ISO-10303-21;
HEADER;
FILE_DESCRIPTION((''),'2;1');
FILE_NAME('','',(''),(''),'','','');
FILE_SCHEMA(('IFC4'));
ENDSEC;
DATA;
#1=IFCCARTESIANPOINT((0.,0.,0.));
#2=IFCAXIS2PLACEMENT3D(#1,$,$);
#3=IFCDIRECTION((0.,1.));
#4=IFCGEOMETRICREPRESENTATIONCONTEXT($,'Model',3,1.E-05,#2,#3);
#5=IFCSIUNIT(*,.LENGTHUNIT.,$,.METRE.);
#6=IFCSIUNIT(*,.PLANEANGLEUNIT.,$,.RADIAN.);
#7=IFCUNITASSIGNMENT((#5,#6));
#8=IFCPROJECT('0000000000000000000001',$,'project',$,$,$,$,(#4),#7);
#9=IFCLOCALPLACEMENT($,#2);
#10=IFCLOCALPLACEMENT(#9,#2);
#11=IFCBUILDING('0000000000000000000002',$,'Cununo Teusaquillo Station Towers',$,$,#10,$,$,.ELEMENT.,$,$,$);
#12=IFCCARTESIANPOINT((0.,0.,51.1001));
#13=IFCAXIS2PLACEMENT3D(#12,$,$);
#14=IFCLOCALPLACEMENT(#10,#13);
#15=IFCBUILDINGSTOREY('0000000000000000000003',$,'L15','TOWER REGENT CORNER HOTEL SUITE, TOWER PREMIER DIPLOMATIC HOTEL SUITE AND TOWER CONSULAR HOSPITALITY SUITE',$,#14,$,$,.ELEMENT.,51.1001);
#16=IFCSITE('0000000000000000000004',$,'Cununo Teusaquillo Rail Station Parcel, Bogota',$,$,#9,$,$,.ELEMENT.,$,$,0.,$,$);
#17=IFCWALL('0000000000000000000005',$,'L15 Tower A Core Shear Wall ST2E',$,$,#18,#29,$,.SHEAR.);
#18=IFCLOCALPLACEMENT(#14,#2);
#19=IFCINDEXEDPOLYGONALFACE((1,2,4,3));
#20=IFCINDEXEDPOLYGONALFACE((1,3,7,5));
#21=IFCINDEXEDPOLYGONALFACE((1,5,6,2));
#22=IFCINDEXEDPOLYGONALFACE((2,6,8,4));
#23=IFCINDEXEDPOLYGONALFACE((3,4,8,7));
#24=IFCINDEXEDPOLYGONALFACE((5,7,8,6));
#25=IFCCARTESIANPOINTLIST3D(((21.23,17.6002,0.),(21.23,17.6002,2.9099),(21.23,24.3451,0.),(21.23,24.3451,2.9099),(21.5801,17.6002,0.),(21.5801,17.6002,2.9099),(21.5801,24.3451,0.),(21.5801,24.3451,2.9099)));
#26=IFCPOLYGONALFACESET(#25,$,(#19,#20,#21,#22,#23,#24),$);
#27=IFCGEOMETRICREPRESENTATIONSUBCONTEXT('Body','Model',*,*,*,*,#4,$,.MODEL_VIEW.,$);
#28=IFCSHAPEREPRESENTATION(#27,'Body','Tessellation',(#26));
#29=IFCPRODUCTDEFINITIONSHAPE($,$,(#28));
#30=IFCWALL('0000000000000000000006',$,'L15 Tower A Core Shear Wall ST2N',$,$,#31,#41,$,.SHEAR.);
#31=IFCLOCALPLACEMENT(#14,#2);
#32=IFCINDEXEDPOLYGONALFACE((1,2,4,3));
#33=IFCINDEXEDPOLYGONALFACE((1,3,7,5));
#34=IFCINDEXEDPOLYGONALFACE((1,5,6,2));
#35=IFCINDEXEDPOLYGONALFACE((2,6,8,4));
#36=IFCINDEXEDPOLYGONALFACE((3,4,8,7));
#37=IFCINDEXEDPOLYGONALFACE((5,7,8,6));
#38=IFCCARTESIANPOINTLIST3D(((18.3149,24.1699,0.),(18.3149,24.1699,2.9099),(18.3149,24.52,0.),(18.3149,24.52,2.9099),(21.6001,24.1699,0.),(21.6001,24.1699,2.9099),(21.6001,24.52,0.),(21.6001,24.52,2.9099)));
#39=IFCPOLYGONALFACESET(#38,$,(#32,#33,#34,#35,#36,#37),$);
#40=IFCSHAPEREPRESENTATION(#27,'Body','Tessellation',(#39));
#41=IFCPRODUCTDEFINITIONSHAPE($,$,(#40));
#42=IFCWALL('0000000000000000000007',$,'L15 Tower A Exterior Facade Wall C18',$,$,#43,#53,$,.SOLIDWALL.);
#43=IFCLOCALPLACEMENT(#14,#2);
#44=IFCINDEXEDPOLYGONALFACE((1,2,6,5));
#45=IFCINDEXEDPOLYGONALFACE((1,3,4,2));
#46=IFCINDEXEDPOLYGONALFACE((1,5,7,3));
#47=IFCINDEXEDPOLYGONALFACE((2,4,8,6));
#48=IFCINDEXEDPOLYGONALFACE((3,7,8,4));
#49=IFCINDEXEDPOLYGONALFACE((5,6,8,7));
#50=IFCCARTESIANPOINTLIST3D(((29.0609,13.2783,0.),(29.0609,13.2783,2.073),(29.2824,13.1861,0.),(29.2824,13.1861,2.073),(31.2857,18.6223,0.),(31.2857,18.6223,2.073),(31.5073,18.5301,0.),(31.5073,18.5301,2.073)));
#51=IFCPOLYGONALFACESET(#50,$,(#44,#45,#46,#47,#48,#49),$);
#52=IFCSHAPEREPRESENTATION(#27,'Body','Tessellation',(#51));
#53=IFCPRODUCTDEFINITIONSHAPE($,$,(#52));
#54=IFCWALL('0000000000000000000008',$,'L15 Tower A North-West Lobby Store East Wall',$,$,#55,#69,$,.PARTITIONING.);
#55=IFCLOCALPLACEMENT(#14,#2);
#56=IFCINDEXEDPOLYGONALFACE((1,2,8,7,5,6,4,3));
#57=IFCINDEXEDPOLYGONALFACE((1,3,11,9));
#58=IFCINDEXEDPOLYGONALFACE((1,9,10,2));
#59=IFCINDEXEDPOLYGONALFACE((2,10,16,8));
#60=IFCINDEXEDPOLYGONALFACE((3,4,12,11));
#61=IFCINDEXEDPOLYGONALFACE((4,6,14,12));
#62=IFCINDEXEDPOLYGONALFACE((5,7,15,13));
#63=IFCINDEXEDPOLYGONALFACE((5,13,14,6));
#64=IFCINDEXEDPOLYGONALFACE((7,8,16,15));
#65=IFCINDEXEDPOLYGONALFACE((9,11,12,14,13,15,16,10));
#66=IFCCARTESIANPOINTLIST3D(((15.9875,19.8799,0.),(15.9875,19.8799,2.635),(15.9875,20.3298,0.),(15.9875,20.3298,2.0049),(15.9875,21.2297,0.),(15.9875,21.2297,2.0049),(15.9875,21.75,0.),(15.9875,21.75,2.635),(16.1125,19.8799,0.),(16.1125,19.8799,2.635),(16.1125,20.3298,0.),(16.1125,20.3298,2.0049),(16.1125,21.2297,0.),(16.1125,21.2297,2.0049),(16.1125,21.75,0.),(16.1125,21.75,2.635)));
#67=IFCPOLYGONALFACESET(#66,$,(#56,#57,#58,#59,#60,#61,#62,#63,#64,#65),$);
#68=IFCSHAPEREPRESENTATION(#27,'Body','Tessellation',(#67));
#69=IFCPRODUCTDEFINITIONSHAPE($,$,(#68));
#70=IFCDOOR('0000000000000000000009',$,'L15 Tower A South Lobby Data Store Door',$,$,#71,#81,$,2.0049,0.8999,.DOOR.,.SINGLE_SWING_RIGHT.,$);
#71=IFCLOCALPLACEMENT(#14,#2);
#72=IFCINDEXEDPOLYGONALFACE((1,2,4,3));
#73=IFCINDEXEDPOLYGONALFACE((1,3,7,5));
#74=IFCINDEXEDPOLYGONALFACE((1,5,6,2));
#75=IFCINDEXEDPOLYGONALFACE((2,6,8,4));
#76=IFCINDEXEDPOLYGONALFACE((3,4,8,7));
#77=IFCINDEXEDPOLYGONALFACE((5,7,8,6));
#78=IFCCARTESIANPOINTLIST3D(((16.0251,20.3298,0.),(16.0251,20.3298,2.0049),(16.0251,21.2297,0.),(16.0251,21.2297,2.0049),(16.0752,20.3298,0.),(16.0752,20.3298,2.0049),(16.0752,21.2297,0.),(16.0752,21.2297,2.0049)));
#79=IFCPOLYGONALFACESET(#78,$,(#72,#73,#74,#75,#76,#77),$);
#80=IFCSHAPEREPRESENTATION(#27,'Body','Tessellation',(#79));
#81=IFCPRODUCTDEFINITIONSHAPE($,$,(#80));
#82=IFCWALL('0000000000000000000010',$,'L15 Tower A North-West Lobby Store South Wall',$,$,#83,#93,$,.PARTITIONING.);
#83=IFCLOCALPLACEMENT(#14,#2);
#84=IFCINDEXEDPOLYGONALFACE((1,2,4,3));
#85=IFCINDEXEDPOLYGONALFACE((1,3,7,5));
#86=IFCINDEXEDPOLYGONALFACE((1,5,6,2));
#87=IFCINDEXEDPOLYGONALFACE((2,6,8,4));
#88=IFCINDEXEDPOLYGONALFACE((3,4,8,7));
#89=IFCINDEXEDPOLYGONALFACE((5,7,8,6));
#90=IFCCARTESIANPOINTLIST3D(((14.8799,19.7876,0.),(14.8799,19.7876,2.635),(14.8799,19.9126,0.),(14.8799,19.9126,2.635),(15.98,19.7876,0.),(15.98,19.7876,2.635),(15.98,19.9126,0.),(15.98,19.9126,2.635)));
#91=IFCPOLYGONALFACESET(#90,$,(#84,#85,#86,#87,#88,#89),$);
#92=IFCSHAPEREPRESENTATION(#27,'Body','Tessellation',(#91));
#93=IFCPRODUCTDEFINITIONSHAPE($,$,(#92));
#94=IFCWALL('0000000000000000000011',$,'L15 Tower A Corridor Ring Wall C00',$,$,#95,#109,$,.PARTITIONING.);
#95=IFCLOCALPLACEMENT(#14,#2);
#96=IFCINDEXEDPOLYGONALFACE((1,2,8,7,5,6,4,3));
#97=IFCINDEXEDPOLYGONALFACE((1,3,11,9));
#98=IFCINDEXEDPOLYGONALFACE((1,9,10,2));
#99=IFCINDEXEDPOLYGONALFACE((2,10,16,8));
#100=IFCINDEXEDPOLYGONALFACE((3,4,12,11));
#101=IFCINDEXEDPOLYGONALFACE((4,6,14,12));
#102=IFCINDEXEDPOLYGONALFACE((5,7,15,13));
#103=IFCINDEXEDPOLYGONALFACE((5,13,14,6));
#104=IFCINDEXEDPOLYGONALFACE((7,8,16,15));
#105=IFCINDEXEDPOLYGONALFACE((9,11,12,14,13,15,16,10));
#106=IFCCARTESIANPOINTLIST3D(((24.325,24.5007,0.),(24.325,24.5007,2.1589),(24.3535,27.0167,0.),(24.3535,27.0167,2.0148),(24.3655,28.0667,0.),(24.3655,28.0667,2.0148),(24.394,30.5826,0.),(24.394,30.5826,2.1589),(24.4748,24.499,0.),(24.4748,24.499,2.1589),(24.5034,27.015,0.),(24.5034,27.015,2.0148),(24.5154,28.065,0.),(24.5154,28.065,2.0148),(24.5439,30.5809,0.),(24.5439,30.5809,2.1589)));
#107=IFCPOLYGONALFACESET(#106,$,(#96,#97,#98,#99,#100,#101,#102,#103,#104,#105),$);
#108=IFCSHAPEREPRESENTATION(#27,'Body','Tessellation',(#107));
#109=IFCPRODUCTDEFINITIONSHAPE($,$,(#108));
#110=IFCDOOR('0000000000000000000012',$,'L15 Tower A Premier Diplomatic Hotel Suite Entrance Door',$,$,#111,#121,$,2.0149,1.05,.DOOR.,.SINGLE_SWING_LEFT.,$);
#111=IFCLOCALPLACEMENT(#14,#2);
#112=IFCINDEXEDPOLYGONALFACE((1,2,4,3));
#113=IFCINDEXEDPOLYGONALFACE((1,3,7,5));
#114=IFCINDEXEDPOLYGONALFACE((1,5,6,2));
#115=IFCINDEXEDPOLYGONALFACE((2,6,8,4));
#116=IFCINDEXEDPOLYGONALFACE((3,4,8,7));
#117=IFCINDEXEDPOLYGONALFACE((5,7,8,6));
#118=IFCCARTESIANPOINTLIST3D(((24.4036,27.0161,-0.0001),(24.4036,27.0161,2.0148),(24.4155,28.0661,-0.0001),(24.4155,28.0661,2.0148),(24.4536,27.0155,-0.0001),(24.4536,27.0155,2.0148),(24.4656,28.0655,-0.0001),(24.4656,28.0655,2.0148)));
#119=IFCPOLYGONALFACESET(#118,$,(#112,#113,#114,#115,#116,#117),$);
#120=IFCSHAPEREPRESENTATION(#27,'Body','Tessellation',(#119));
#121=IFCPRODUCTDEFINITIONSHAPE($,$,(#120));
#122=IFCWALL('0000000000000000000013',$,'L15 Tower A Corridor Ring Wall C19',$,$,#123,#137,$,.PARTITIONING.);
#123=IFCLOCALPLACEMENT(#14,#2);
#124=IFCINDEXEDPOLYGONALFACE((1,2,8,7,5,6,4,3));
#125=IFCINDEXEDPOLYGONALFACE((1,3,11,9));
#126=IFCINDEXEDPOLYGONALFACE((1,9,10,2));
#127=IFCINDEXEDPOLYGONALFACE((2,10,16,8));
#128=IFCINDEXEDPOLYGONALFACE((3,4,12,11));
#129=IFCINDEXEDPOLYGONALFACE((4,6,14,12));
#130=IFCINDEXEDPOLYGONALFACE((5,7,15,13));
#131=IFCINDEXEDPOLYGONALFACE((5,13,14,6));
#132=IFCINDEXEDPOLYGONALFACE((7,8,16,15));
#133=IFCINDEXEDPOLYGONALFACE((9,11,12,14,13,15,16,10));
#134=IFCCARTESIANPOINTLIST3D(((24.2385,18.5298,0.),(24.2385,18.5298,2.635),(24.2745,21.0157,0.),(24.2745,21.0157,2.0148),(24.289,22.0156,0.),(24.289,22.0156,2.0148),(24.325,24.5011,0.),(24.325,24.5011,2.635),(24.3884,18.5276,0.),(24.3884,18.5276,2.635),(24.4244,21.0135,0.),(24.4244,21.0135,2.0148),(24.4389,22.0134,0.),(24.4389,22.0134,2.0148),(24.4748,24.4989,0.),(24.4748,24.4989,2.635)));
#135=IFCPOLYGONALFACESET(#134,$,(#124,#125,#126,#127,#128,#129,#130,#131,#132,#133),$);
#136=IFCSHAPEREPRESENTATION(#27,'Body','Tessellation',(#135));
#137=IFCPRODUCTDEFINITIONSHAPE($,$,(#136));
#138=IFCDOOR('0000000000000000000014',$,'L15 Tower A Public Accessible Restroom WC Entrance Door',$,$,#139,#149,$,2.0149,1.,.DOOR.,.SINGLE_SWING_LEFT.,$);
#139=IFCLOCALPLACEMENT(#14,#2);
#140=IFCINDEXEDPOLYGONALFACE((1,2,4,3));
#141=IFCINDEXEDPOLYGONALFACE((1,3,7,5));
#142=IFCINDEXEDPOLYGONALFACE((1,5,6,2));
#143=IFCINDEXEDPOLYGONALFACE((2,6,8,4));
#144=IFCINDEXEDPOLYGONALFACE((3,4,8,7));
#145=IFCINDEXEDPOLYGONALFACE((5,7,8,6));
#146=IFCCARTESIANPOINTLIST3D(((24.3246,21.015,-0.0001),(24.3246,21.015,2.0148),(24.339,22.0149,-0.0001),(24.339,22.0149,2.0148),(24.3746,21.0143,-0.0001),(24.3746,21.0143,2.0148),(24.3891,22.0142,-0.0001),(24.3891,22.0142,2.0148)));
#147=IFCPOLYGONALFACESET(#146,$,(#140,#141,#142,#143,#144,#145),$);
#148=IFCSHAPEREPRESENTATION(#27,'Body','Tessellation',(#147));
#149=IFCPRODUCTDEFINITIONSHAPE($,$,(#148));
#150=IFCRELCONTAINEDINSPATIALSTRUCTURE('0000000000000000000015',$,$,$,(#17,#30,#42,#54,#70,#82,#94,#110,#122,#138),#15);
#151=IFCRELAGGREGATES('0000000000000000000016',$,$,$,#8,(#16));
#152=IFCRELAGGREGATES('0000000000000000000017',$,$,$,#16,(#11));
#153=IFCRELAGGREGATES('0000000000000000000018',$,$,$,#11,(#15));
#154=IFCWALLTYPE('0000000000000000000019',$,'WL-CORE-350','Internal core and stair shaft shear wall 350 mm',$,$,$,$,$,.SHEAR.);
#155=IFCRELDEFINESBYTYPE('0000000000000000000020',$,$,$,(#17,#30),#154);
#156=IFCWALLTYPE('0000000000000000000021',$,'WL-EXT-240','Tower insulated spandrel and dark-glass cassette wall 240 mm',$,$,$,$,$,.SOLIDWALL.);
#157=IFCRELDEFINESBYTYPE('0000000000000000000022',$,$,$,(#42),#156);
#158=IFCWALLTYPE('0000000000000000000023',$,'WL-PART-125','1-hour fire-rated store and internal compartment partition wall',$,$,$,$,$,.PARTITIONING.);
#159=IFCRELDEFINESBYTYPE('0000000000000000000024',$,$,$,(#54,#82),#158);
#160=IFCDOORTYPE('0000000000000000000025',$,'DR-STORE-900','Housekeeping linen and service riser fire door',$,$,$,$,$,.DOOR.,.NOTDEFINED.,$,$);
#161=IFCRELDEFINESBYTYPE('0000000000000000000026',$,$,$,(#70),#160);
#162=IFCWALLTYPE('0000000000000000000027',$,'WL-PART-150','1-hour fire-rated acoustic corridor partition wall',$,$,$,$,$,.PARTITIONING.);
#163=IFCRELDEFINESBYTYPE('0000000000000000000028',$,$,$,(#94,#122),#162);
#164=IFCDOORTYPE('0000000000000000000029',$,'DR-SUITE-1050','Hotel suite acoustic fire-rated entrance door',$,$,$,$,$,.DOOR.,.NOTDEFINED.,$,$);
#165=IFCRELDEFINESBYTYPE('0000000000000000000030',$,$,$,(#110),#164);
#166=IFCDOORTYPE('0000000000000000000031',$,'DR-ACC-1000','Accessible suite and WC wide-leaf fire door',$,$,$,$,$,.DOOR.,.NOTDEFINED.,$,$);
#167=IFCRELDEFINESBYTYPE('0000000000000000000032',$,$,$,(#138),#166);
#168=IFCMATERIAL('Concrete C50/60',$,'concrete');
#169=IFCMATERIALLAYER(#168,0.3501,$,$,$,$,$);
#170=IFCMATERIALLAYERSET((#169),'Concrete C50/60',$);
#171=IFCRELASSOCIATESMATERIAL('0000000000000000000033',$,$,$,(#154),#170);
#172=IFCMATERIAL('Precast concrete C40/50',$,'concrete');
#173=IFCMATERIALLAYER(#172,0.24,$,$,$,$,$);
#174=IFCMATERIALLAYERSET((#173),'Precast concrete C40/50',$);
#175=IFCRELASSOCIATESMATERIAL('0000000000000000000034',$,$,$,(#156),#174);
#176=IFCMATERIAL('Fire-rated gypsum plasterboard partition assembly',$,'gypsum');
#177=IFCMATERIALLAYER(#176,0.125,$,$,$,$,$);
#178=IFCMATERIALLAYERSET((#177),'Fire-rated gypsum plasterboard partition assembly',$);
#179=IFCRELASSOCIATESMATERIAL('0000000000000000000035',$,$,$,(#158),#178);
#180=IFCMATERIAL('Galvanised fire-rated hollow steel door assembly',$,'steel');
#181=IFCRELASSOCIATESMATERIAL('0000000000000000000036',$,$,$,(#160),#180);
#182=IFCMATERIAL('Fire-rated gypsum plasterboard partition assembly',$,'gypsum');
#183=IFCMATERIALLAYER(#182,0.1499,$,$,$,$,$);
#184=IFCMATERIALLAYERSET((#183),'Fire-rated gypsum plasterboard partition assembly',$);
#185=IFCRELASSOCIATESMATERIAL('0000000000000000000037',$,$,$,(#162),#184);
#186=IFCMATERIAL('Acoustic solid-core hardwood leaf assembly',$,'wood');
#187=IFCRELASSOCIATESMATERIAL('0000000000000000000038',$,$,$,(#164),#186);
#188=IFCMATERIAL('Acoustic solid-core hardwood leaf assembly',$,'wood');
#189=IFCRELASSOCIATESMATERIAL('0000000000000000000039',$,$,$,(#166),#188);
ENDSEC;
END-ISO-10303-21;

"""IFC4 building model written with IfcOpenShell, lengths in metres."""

from ifc_helpers import new_model, si_unit, direction, frame, frame_2d, origin, place, context, subcontext, project, spatial, rectangle, extrude, source, transform, mapped, material, layer, layer_set, type_object, element, fill, save


model = new_model("IFC4")

# Units and contexts
model_context = context("Model", 3, precision=1e-05, world=origin(), true_north=direction((0.0, 1.0)))
body_context = subcontext(model_context, "Body", "Model", "MODEL_VIEW")
ifc_project = project(units=[si_unit("LENGTHUNIT", "METRE"), si_unit("PLANEANGLEUNIT", "RADIAN")], contexts=[model_context])

# Site, building, storey
site_placement = place(None, origin())
site = spatial("IfcSite", under=ifc_project, at=site_placement, Name="Cununo Teusaquillo Rail Station Parcel, Bogota", CompositionType="ELEMENT", RefElevation=0.0)
building_placement = place(site_placement, origin())
building = spatial("IfcBuilding", under=site, at=building_placement, Name="Cununo Teusaquillo Station Towers", CompositionType="ELEMENT")
storey_placement = place(building_placement, frame((0.0, 0.0, 51.1001)))
storey = spatial("IfcBuildingStorey", under=building, at=storey_placement, Name="L15", Description="TOWER REGENT CORNER HOTEL SUITE, TOWER PREMIER DIPLOMATIC HOTEL SUITE AND TOWER CONSULAR HOSPITALITY SUITE", CompositionType="ELEMENT", Elevation=51.1001)

# Walls
ifc_material_1 = material(Name="Concrete C50/60", Category="concrete")
ifc_layer_1 = layer(ifc_material_1, 0.3501)
ifc_layer_set_1 = layer_set([ifc_layer_1], Name="Concrete C50/60")
wall_type_1 = type_object("IfcWallType", Name="WL-CORE-350", Description="Internal core and stair shaft shear wall 350 mm", PredefinedType="SHEAR", material=ifc_layer_set_1)
wall_1_placement = place(storey_placement, frame((21.405, 17.6001, 0.0), z_axis=(0.0, 0.0, 1.0), x_axis=(0.0, 1.0, 0.0)))
element("IfcWall", 1, at=wall_1_placement, inside=storey, type_object=wall_type_1, Name="L15 Tower A Core Shear Wall ST2E", PredefinedType="SHEAR", context=body_context, shape_type="SweptSolid", body=[
    extrude(rectangle(XDim=6.7449, YDim=0.3501, at=frame_2d((3.3726, 0.0))), origin(), (0.0, 0.0, 1.0), 2.9099),
])
wall_2_placement = place(storey_placement, frame((18.3149, 24.345, 0.0), z_axis=(0.0, 0.0, 1.0), x_axis=(1.0, 0.0, 0.0)))
element("IfcWall", 2, at=wall_2_placement, inside=storey, type_object=wall_type_1, Name="L15 Tower A Core Shear Wall ST2N", PredefinedType="SHEAR", context=body_context, shape_type="SweptSolid", body=[
    extrude(rectangle(XDim=3.2852, YDim=0.3501, at=frame_2d((1.6426, 0.0))), origin(), (0.0, 0.0, 1.0), 2.9099),
])
ifc_material_2 = material(Name="Precast concrete C40/50", Category="concrete")
ifc_layer_2 = layer(ifc_material_2, 0.24)
ifc_layer_set_2 = layer_set([ifc_layer_2], Name="Precast concrete C40/50")
wall_type_2 = type_object("IfcWallType", Name="WL-EXT-240", Description="Tower insulated spandrel and dark-glass cassette wall 240 mm", PredefinedType="SOLIDWALL", material=ifc_layer_set_2)
wall_3_placement = place(storey_placement, frame((31.3965, 18.5762, 0.0), z_axis=(0.0, 0.0, 1.0), x_axis=(-0.384349, -0.923188, 0.0)))
element("IfcWall", 3, at=wall_3_placement, inside=storey, type_object=wall_type_2, Name="L15 Tower A Exterior Facade Wall C18", PredefinedType="SOLIDWALL", context=body_context, shape_type="SweptSolid", body=[
    extrude(rectangle(XDim=5.7886, YDim=0.24, at=frame_2d((2.8943, 0.0))), origin(), (0.0, 0.0, 1.0), 2.073),
])

# Wall, opening, door
ifc_material_3 = material(Name="Fire-rated gypsum plasterboard partition assembly", Category="gypsum")
ifc_layer_3 = layer(ifc_material_3, 0.125)
ifc_layer_set_3 = layer_set([ifc_layer_3], Name="Fire-rated gypsum plasterboard partition assembly")
wall_type_3 = type_object("IfcWallType", Name="WL-PART-125", Description="1-hour fire-rated store and internal compartment partition wall", PredefinedType="PARTITIONING", material=ifc_layer_set_3)
wall_4_placement = place(storey_placement, frame((16.05, 19.8799, 0.0), z_axis=(0.0, 0.0, 1.0), x_axis=(0.0, 1.0, 0.0)))
wall_4 = element("IfcWall", 4, at=wall_4_placement, inside=storey, type_object=wall_type_3, Name="L15 Tower A North-West Lobby Store East Wall", PredefinedType="PARTITIONING", context=body_context, shape_type="SweptSolid", body=[
    extrude(rectangle(XDim=1.8701, YDim=0.125, at=frame_2d((0.9351, 0.0))), origin(), (0.0, 0.0, 1.0), 2.635),
])
shared_shape_1 = source(origin(), body_context, "Body", "SweptSolid", [
    extrude(rectangle(XDim=0.8999, YDim=2.0049, at=frame_2d((0.45, 1.0024))), frame((0.0, 0.0725, 0.0), z_axis=(0.0, -1.0, 0.0), x_axis=(1.0, 0.0, 0.0)), (0.0, 0.0, 1.0), 0.145),
])
opening_1_placement = place(wall_4_placement, frame((0.45, 0.0, 0.0)))
opening_1 = element("IfcOpeningElement", 5, at=opening_1_placement, cuts=wall_4, PredefinedType="OPENING", context=body_context, shape_type="MappedRepresentation", body=[
    mapped(shared_shape_1, transform((0.0, 0.0, 0.0), x_axis=(1.0, 0.0, 0.0), y_axis=(0.0, 1.0, 0.0), z_axis=(0.0, 0.0, 1.0), scale=1.0)),
])
ifc_material_4 = material(Name="Galvanised fire-rated hollow steel door assembly", Category="steel")
door_type_1 = type_object("IfcDoorType", Name="DR-STORE-900", Description="Housekeeping linen and service riser fire door", OperationType="NOTDEFINED", PredefinedType="DOOR", material=ifc_material_4)
shared_shape_2 = source(origin(), body_context, "Body", "SweptSolid", [
    extrude(rectangle(XDim=0.8999, YDim=2.0049, at=frame_2d((0.45, 1.0024))), frame((0.0, 0.0249, 0.0), z_axis=(0.0, -1.0, 0.0), x_axis=(1.0, 0.0, 0.0)), (0.0, 0.0, 1.0), 0.05),
])
door_1_placement = place(opening_1_placement, origin())
door_1 = element("IfcDoor", 6, at=door_1_placement, inside=storey, type_object=door_type_1, Name="L15 Tower A South Lobby Data Store Door", OperationType="SINGLE_SWING_RIGHT", OverallHeight=2.0049, OverallWidth=0.8999, PredefinedType="DOOR", context=body_context, shape_type="MappedRepresentation", body=[
    mapped(shared_shape_2, transform((0.0, 0.0, 0.0), x_axis=(1.0, 0.0, 0.0), y_axis=(0.0, 1.0, 0.0), z_axis=(0.0, 0.0, 1.0), scale=1.0)),
])
fill(opening_1, door_1)

# Wall
wall_5_placement = place(storey_placement, frame((14.8799, 19.8501, 0.0), z_axis=(0.0, 0.0, 1.0), x_axis=(1.0, 0.0, 0.0)))
element("IfcWall", 7, at=wall_5_placement, inside=storey, type_object=wall_type_3, Name="L15 Tower A North-West Lobby Store South Wall", PredefinedType="PARTITIONING", context=body_context, shape_type="SweptSolid", body=[
    extrude(rectangle(XDim=1.1001, YDim=0.125, at=frame_2d((0.55, 0.0))), origin(), (0.0, 0.0, 1.0), 2.635),
])

# Walls, openings, doors
ifc_material_5 = material(Name="Fire-rated gypsum plasterboard partition assembly", Category="gypsum")
ifc_layer_4 = layer(ifc_material_5, 0.1499)
ifc_layer_set_4 = layer_set([ifc_layer_4], Name="Fire-rated gypsum plasterboard partition assembly")
wall_type_4 = type_object("IfcWallType", Name="WL-PART-150", Description="1-hour fire-rated acoustic corridor partition wall", PredefinedType="PARTITIONING", material=ifc_layer_set_4)
wall_6_placement = place(storey_placement, frame((24.3999, 24.5, 0.0), z_axis=(0.0, 0.0, 1.0), x_axis=(0.01136, 0.999935, 0.0)))
wall_6 = element("IfcWall", 8, at=wall_6_placement, inside=storey, type_object=wall_type_4, Name="L15 Tower A Corridor Ring Wall C00", PredefinedType="PARTITIONING", context=body_context, shape_type="SweptSolid", body=[
    extrude(rectangle(XDim=6.0823, YDim=0.1499, at=frame_2d((3.041, 0.0))), origin(), (0.0, 0.0, 1.0), 2.1589),
])
shared_shape_3 = source(origin(), body_context, "Body", "SweptSolid", [
    extrude(rectangle(XDim=1.05, YDim=2.0149, at=frame_2d((0.5249, 1.0073))), frame((0.0, 0.085, 0.0), z_axis=(0.0, -1.0, 0.0), x_axis=(1.0, 0.0, 0.0)), (0.0, 0.0, 1.0), 0.1699),
])
opening_2_placement = place(wall_6_placement, frame((2.5161, 0.0, 0.0)))
opening_2 = element("IfcOpeningElement", 9, at=opening_2_placement, cuts=wall_6, PredefinedType="OPENING", context=body_context, shape_type="MappedRepresentation", body=[
    mapped(shared_shape_3, transform((0.0, 0.0, 0.0), x_axis=(1.0, 0.0, 0.0), y_axis=(0.0, 1.0, 0.0), z_axis=(0.0, 0.0, 1.0), scale=1.0)),
])
ifc_material_6 = material(Name="Acoustic solid-core hardwood leaf assembly", Category="wood")
door_type_2 = type_object("IfcDoorType", Name="DR-SUITE-1050", Description="Hotel suite acoustic fire-rated entrance door", OperationType="NOTDEFINED", PredefinedType="DOOR", material=ifc_material_6)
shared_shape_4 = source(origin(), body_context, "Body", "SweptSolid", [
    extrude(rectangle(XDim=1.05, YDim=2.0149, at=frame_2d((0.5249, 1.0073))), frame((0.0, 0.0249, 0.0), z_axis=(0.0, -1.0, 0.0), x_axis=(1.0, 0.0, 0.0)), (0.0, 0.0, 1.0), 0.05),
])
door_2_placement = place(opening_2_placement, origin())
door_2 = element("IfcDoor", 10, at=door_2_placement, inside=storey, type_object=door_type_2, Name="L15 Tower A Premier Diplomatic Hotel Suite Entrance Door", OperationType="SINGLE_SWING_LEFT", OverallHeight=2.0149, OverallWidth=1.05, PredefinedType="DOOR", context=body_context, shape_type="MappedRepresentation", body=[
    mapped(shared_shape_4, transform((0.0, 0.0, 0.0), x_axis=(1.0, 0.0, 0.0), y_axis=(0.0, 1.0, 0.0), z_axis=(0.0, 0.0, 1.0), scale=1.0)),
])
fill(opening_2, door_2)
wall_7_placement = place(storey_placement, frame((24.3135, 18.5288, 0.0), z_axis=(0.0, 0.0, 1.0), x_axis=(0.014472, 0.999895, 0.0)))
wall_7 = element("IfcWall", 11, at=wall_7_placement, inside=storey, type_object=wall_type_4, Name="L15 Tower A Corridor Ring Wall C19", PredefinedType="PARTITIONING", context=body_context, shape_type="SweptSolid", body=[
    extrude(rectangle(XDim=5.9719, YDim=0.1499, at=frame_2d((2.9858, 0.0))), origin(), (0.0, 0.0, 1.0), 2.635),
])
shared_shape_5 = source(origin(), body_context, "Body", "SweptSolid", [
    extrude(rectangle(XDim=1.0, YDim=2.0149, at=frame_2d((0.5, 1.0073))), frame((0.0, 0.085, 0.0), z_axis=(0.0, -1.0, 0.0), x_axis=(1.0, 0.0, 0.0)), (0.0, 0.0, 1.0), 0.1699),
])
opening_3_placement = place(wall_7_placement, frame((2.4861, 0.0, 0.0)))
opening_3 = element("IfcOpeningElement", 12, at=opening_3_placement, cuts=wall_7, PredefinedType="OPENING", context=body_context, shape_type="MappedRepresentation", body=[
    mapped(shared_shape_5, transform((0.0, 0.0, 0.0), x_axis=(1.0, 0.0, 0.0), y_axis=(0.0, 1.0, 0.0), z_axis=(0.0, 0.0, 1.0), scale=1.0)),
])
ifc_material_7 = material(Name="Acoustic solid-core hardwood leaf assembly", Category="wood")
door_type_3 = type_object("IfcDoorType", Name="DR-ACC-1000", Description="Accessible suite and WC wide-leaf fire door", OperationType="NOTDEFINED", PredefinedType="DOOR", material=ifc_material_7)
shared_shape_6 = source(origin(), body_context, "Body", "SweptSolid", [
    extrude(rectangle(XDim=1.0, YDim=2.0149, at=frame_2d((0.5, 1.0073))), frame((0.0, 0.0249, 0.0), z_axis=(0.0, -1.0, 0.0), x_axis=(1.0, 0.0, 0.0)), (0.0, 0.0, 1.0), 0.05),
])
door_3_placement = place(opening_3_placement, origin())
door_3 = element("IfcDoor", 13, at=door_3_placement, inside=storey, type_object=door_type_3, Name="L15 Tower A Public Accessible Restroom WC Entrance Door", OperationType="SINGLE_SWING_LEFT", OverallHeight=2.0149, OverallWidth=1.0, PredefinedType="DOOR", context=body_context, shape_type="MappedRepresentation", body=[
    mapped(shared_shape_6, transform((0.0, 0.0, 0.0), x_axis=(1.0, 0.0, 0.0), y_axis=(0.0, 1.0, 0.0), z_axis=(0.0, 0.0, 1.0), scale=1.0)),
])
fill(opening_3, door_3)

save(model, "model.ifc")
